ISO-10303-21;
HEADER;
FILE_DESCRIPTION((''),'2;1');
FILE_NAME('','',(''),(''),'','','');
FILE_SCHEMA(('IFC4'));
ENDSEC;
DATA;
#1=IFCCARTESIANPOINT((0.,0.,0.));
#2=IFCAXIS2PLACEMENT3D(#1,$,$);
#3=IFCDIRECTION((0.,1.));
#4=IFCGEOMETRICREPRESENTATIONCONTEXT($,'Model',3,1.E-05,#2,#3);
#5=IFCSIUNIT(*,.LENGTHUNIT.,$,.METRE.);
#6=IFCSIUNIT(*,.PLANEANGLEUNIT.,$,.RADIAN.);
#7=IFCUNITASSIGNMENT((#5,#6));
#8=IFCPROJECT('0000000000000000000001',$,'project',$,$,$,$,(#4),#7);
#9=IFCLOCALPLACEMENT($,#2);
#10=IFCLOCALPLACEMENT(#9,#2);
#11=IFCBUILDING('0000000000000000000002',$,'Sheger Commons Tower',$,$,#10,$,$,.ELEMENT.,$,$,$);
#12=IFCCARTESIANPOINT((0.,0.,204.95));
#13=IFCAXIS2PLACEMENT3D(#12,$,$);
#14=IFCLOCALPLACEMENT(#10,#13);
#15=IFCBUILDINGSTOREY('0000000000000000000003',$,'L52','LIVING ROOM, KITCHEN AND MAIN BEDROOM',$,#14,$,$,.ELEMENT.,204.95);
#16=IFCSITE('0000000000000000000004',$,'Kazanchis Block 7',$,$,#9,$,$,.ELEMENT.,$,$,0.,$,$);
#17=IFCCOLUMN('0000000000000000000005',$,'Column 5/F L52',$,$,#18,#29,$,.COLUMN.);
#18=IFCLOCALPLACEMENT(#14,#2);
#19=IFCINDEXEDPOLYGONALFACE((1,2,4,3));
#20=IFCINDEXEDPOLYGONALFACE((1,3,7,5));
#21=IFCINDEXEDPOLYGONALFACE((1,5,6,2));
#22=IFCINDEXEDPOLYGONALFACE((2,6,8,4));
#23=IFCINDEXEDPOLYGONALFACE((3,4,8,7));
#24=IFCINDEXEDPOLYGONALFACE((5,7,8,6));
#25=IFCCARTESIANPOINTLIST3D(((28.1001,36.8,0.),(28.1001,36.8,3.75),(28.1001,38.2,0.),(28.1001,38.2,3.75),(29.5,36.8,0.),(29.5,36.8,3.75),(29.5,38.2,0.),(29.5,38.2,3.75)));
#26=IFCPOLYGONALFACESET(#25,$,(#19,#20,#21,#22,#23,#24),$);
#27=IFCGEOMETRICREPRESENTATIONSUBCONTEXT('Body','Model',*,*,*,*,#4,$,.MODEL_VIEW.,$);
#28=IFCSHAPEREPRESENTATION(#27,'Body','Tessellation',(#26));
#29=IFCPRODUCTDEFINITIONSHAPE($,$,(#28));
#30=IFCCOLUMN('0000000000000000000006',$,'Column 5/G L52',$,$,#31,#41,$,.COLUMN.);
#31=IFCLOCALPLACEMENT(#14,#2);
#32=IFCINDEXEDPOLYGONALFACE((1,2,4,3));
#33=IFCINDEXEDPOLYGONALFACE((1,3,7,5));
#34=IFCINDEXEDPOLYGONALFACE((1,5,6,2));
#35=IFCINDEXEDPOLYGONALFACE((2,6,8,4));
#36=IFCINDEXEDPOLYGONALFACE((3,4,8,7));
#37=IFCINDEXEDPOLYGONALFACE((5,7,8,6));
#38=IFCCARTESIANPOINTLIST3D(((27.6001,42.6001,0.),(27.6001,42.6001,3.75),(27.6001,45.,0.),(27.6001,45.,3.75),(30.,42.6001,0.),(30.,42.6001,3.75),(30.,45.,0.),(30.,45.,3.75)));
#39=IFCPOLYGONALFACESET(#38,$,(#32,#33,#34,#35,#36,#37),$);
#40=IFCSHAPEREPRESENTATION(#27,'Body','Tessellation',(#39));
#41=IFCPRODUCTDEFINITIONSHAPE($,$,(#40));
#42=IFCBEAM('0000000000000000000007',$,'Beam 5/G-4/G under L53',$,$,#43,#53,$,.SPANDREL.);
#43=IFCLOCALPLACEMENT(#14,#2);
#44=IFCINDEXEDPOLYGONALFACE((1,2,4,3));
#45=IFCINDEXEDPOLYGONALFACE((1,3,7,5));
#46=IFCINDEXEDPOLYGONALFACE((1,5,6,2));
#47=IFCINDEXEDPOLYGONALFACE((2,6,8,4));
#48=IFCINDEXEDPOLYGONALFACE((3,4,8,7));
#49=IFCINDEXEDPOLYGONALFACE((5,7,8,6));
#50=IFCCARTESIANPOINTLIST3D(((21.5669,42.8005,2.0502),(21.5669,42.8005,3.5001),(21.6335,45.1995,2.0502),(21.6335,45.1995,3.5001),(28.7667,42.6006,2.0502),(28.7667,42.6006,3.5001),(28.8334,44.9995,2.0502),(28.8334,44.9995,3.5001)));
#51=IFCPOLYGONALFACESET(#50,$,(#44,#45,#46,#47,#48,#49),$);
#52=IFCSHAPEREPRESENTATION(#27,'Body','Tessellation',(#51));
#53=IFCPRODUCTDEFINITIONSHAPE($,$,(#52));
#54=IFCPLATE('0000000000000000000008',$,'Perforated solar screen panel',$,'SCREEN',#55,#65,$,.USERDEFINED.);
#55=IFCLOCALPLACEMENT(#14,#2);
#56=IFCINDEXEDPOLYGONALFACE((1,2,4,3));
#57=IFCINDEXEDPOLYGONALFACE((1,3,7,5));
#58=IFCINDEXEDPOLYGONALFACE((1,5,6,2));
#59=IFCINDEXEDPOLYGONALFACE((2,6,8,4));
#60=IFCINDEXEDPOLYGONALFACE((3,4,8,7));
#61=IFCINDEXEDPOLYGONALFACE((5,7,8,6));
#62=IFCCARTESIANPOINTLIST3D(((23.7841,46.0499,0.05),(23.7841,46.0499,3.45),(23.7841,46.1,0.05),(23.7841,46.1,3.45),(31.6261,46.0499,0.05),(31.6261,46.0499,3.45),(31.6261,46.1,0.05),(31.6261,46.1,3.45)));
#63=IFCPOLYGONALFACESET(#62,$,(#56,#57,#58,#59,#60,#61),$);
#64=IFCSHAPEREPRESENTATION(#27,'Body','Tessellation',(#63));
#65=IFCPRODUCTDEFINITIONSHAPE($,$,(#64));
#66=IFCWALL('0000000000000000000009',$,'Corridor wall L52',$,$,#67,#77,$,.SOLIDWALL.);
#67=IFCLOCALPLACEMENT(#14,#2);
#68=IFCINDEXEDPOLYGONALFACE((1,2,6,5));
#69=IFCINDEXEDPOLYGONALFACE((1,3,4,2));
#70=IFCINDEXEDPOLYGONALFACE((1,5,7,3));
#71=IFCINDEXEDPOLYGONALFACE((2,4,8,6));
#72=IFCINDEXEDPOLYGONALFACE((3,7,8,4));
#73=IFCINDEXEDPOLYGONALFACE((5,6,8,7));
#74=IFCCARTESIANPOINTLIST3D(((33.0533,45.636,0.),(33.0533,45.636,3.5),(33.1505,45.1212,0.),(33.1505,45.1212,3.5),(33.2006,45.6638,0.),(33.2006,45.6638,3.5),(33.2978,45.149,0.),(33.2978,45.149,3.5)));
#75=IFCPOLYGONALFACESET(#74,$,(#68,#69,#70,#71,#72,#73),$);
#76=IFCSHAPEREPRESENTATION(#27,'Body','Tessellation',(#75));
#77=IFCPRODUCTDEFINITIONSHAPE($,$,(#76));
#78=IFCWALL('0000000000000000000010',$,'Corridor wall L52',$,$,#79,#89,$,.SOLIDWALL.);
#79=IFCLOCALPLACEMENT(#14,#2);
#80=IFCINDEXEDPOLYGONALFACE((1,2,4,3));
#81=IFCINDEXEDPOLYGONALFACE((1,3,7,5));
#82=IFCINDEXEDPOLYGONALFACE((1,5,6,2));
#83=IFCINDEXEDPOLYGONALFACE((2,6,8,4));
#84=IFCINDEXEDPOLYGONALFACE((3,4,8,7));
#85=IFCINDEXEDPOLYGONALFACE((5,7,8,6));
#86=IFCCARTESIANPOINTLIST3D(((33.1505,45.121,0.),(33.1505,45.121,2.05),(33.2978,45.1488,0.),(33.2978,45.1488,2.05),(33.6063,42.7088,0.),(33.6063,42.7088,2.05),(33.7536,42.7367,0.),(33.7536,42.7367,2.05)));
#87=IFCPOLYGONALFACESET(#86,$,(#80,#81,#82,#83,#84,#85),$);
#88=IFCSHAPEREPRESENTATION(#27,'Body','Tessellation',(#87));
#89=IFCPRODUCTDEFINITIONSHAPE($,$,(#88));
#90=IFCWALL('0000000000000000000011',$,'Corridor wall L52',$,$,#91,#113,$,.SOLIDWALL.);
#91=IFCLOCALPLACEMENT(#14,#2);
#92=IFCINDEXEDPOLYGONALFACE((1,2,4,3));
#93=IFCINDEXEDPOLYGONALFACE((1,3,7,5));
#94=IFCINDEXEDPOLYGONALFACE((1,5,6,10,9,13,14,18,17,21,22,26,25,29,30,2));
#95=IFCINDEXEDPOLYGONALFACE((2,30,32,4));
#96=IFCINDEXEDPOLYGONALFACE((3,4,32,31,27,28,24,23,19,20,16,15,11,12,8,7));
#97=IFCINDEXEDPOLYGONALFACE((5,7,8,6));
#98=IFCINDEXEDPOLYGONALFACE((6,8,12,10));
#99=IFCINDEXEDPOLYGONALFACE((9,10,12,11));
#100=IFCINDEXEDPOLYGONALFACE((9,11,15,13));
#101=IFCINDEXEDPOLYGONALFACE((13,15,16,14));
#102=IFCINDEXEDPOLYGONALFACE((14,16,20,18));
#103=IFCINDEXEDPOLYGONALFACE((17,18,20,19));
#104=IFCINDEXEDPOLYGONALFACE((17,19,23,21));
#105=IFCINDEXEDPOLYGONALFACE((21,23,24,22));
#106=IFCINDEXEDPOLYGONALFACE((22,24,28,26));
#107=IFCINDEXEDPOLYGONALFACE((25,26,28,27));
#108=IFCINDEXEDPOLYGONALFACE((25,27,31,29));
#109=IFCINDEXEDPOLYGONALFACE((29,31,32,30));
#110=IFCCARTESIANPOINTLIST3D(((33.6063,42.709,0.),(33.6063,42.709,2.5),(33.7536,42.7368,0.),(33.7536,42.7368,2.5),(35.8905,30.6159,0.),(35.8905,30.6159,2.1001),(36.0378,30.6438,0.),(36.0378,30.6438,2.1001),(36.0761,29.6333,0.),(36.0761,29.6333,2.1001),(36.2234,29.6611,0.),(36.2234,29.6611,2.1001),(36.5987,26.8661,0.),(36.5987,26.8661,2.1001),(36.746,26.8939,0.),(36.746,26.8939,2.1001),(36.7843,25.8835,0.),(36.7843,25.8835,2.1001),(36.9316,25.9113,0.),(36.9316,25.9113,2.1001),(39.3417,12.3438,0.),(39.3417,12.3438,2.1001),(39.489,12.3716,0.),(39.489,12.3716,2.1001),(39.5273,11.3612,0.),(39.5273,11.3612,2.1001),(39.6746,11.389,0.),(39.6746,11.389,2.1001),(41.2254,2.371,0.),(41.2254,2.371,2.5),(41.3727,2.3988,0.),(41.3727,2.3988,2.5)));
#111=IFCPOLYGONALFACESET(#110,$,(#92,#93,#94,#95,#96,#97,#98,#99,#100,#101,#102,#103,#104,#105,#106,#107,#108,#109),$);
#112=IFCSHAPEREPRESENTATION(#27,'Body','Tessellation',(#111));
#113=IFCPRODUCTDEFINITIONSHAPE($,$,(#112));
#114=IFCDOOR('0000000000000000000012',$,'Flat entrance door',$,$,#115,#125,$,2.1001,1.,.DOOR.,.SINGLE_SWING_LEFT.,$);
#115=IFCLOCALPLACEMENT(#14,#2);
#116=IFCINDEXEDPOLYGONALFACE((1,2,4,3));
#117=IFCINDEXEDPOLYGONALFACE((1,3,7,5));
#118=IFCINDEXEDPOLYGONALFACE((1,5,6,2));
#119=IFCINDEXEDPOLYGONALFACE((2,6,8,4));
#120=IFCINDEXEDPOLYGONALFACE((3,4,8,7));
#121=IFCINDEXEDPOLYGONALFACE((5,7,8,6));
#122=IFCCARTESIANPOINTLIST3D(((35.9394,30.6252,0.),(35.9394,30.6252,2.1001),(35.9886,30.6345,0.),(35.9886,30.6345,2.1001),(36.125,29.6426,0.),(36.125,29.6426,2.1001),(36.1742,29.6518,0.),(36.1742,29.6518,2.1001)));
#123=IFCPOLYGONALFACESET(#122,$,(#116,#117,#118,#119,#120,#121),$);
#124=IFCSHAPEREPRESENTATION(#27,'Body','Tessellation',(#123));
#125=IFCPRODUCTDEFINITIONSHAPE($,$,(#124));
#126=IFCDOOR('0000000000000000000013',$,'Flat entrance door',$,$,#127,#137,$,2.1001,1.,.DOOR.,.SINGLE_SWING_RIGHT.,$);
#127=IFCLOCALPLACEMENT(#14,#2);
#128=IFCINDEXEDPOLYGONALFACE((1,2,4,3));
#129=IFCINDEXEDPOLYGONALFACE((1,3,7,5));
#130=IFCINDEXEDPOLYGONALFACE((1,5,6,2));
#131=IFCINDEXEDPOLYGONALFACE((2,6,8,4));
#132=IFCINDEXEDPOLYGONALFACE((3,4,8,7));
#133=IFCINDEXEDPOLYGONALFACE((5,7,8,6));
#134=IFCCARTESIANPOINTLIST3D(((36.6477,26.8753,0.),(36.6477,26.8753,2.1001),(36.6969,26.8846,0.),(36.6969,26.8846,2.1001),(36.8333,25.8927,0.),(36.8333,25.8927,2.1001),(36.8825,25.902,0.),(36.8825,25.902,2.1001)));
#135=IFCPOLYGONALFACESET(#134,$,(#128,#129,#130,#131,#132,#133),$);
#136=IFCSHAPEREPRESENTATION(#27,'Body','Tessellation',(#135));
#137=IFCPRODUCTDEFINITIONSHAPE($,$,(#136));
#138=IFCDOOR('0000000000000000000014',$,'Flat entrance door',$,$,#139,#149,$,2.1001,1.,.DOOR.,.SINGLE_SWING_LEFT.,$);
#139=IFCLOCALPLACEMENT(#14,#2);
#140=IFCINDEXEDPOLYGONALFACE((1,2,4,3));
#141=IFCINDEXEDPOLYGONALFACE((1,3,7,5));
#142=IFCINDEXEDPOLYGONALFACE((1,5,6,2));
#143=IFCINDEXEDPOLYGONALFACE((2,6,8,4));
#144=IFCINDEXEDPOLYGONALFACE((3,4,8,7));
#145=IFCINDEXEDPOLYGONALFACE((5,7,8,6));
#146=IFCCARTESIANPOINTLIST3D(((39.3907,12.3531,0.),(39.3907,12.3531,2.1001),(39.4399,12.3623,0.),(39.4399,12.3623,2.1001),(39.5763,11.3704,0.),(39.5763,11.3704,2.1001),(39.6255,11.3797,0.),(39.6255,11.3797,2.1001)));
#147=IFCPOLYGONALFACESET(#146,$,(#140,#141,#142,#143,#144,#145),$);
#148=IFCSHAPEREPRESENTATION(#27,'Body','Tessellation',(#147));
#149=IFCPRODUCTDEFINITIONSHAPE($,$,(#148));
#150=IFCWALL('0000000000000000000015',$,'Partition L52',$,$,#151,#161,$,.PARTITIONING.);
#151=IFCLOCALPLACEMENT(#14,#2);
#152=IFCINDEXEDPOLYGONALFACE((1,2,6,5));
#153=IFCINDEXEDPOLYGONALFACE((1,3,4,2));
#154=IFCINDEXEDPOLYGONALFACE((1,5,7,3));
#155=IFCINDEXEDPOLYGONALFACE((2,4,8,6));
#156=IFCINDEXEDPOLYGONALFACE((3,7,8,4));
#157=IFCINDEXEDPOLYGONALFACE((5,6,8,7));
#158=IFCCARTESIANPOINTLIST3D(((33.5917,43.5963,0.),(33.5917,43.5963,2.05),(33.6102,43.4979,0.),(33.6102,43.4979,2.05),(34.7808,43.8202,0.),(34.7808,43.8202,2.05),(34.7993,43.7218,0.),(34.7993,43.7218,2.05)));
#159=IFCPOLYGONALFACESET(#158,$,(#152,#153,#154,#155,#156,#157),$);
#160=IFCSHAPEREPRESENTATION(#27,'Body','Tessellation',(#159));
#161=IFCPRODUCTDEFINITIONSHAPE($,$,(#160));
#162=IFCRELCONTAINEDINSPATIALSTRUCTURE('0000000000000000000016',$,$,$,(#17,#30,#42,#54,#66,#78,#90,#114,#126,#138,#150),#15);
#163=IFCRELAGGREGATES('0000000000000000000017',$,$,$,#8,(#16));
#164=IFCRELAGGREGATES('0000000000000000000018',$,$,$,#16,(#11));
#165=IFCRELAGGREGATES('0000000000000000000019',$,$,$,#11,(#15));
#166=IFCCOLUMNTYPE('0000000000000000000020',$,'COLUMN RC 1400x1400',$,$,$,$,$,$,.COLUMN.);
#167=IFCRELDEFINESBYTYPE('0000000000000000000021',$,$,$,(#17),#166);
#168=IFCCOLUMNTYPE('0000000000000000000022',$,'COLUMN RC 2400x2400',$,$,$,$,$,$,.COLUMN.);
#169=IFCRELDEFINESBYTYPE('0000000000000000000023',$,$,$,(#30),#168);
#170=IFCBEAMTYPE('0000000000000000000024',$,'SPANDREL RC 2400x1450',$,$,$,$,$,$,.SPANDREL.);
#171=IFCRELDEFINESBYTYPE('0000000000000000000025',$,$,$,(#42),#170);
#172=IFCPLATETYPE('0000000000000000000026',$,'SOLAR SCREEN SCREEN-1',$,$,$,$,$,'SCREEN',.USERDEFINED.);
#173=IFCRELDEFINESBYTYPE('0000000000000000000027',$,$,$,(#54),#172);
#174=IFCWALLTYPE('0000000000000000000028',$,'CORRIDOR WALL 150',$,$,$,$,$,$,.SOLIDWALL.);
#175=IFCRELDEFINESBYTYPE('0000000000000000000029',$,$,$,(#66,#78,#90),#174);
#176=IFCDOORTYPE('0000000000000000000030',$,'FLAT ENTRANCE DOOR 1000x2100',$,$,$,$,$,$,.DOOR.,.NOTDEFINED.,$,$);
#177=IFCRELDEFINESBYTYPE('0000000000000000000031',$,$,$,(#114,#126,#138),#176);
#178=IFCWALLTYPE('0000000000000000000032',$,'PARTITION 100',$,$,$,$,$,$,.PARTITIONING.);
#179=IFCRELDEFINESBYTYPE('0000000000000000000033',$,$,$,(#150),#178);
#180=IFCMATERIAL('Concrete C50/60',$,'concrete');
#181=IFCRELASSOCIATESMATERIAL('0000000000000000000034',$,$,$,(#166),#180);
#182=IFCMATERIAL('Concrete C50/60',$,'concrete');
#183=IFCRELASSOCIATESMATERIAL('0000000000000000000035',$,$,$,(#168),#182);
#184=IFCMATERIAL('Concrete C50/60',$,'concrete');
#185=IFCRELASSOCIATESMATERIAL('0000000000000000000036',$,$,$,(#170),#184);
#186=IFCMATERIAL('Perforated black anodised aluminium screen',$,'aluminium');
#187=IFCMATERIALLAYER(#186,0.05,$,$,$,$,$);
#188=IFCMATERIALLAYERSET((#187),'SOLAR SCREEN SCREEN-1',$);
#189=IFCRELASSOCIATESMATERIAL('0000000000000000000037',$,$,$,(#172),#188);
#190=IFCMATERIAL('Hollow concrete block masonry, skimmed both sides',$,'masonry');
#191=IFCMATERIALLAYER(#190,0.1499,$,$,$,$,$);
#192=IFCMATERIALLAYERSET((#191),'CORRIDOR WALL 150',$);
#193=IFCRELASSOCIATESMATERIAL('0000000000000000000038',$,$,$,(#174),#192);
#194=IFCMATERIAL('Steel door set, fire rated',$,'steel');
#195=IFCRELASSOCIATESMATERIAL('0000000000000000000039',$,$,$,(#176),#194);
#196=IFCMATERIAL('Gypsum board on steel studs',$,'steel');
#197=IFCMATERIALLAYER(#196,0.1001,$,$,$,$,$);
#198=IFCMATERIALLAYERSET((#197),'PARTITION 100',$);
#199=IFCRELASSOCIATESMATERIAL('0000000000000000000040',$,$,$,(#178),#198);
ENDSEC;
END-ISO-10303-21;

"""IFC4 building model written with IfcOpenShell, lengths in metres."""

from ifc_helpers import new_model, si_unit, direction, frame, frame_2d, origin, origin_2d, place, context, subcontext, project, spatial, rectangle, extrude, material, layer, layer_set, material_profile, profile_set, type_object, element, fill, save


model = new_model("IFC4")

# Units and contexts
model_context = context("Model", 3, precision=1e-05, world=origin(), true_north=direction((0.0, 1.0)))
body_context = subcontext(model_context, "Body", "Model", "MODEL_VIEW")
ifc_project = project(units=[si_unit("LENGTHUNIT", "METRE"), si_unit("PLANEANGLEUNIT", "RADIAN")], contexts=[model_context])

# Site, building, storey
site_placement = place(None, origin())
site = spatial("IfcSite", under=ifc_project, at=site_placement, Name="Kazanchis Block 7", CompositionType="ELEMENT", RefElevation=0.0)
building_placement = place(site_placement, origin())
building = spatial("IfcBuilding", under=site, at=building_placement, Name="Sheger Commons Tower", CompositionType="ELEMENT")
storey_placement = place(building_placement, frame((0.0, 0.0, 204.95)))
storey = spatial("IfcBuildingStorey", under=building, at=storey_placement, Name="L52", Description="LIVING ROOM, KITCHEN AND MAIN BEDROOM", CompositionType="ELEMENT", Elevation=204.95)

# Columns
ifc_material_1 = material(Name="Concrete C50/60", Category="concrete")
ifc_material_profile_1 = material_profile(ifc_material_1, rectangle(XDim=1.3999, YDim=1.3999, at=origin_2d()), Name="RC 1400x1400")
ifc_profile_set_1 = profile_set([ifc_material_profile_1], Name="Concrete C50/60")
column_type_1 = type_object("IfcColumnType", Name="COLUMN RC 1400x1400", PredefinedType="COLUMN", material=ifc_profile_set_1)
column_1_placement = place(storey_placement, frame((28.8, 37.5, 0.0), z_axis=(0.0, 0.0, 1.0), x_axis=(1.0, 0.0, 0.0)))
element("IfcColumn", 1, at=column_1_placement, inside=storey, type_object=column_type_1, Name="Column 5/F L52", PredefinedType="COLUMN", context=body_context, shape_type="SweptSolid", body=[
    extrude(rectangle(XDim=1.3999, YDim=1.3999, at=origin_2d()), origin(), (0.0, 0.0, 1.0), 3.75),
])
ifc_material_2 = material(Name="Concrete C50/60", Category="concrete")
ifc_material_profile_2 = material_profile(ifc_material_2, rectangle(XDim=2.3999, YDim=2.3999, at=origin_2d()), Name="RC 2400x2400")
ifc_profile_set_2 = profile_set([ifc_material_profile_2], Name="Concrete C50/60")
column_type_2 = type_object("IfcColumnType", Name="COLUMN RC 2400x2400", PredefinedType="COLUMN", material=ifc_profile_set_2)
column_2_placement = place(storey_placement, frame((28.8, 43.8, 0.0), z_axis=(0.0, 0.0, 1.0), x_axis=(1.0, 0.0, 0.0)))
element("IfcColumn", 2, at=column_2_placement, inside=storey, type_object=column_type_2, Name="Column 5/G L52", PredefinedType="COLUMN", context=body_context, shape_type="SweptSolid", body=[
    extrude(rectangle(XDim=2.3999, YDim=2.3999, at=origin_2d()), origin(), (0.0, 0.0, 1.0), 3.75),
])

# Beam
ifc_material_3 = material(Name="Concrete C50/60", Category="concrete")
ifc_material_profile_3 = material_profile(ifc_material_3, rectangle(XDim=2.3999, YDim=1.45, at=origin_2d()), Name="RC 2400x1450")
ifc_profile_set_3 = profile_set([ifc_material_profile_3], Name="Concrete C50/60")
beam_type = type_object("IfcBeamType", Name="SPANDREL RC 2400x1450", PredefinedType="SPANDREL", material=ifc_profile_set_3)
beam_placement = place(storey_placement, frame((28.8, 43.8, 2.7751), z_axis=(-0.999615, 0.02776, 0.0), x_axis=(-0.02776, -0.999615, 0.0)))
element("IfcBeam", 3, at=beam_placement, inside=storey, type_object=beam_type, Name="Beam 5/G-4/G under L53", PredefinedType="SPANDREL", context=body_context, shape_type="SweptSolid", body=[
    extrude(rectangle(XDim=2.3999, YDim=1.45, at=origin_2d()), origin(), (0.0, 0.0, 1.0), 7.2026),
])

# Plate
ifc_material_4 = material(Name="Perforated black anodised aluminium screen", Category="aluminium")
ifc_layer_1 = layer(ifc_material_4, 0.05)
ifc_layer_set_1 = layer_set([ifc_layer_1], Name="SOLAR SCREEN SCREEN-1")
plate_type = type_object("IfcPlateType", Name="SOLAR SCREEN SCREEN-1", ElementType="SCREEN", PredefinedType="USERDEFINED", material=ifc_layer_set_1)
plate_placement = place(storey_placement, frame((27.7051, 46.075, 0.05), z_axis=(0.0, 0.0, 1.0), x_axis=(-1.0, 0.0, 0.0)))
element("IfcPlate", 4, at=plate_placement, inside=storey, type_object=plate_type, Name="Perforated solar screen panel", ObjectType="SCREEN", PredefinedType="USERDEFINED", context=body_context, shape_type="SweptSolid", body=[
    extrude(rectangle(XDim=7.842, YDim=0.05, at=origin_2d()), origin(), (0.0, 0.0, 1.0), 3.3999),
])

# Walls
ifc_material_5 = material(Name="Hollow concrete block masonry, skimmed both sides", Category="masonry")
ifc_layer_2 = layer(ifc_material_5, 0.1499)
ifc_layer_set_2 = layer_set([ifc_layer_2], Name="CORRIDOR WALL 150")
wall_type_1 = type_object("IfcWallType", Name="CORRIDOR WALL 150", PredefinedType="SOLIDWALL", material=ifc_layer_set_2)
wall_1_placement = place(storey_placement, frame((33.127, 45.6499, 0.0), z_axis=(0.0, 0.0, 1.0), x_axis=(0.185442, -0.982655, 0.0)))
element("IfcWall", 5, at=wall_1_placement, inside=storey, type_object=wall_type_1, Name="Corridor wall L52", PredefinedType="SOLIDWALL", context=body_context, shape_type="SweptSolid", body=[
    extrude(rectangle(XDim=0.5239, YDim=0.1499, at=frame_2d((0.262, 0.0))), origin(), (0.0, 0.0, 1.0), 3.5),
])
wall_2_placement = place(storey_placement, frame((33.2241, 45.135, 0.0), z_axis=(0.0, 0.0, 1.0), x_axis=(0.185681, -0.98261, 0.0)))
element("IfcWall", 6, at=wall_2_placement, inside=storey, type_object=wall_type_1, Name="Corridor wall L52", PredefinedType="SOLIDWALL", context=body_context, shape_type="SweptSolid", body=[
    extrude(rectangle(XDim=2.4548, YDim=0.1499, at=frame_2d((1.2275, 0.0))), origin(), (0.0, 0.0, 1.0), 2.05),
])

# Wall, openings, doors
wall_3_placement = place(storey_placement, frame((33.6799, 42.7229, 0.0), z_axis=(0.0, 0.0, 1.0), x_axis=(0.185601, -0.982625, 0.0)))
wall_3 = element("IfcWall", 7, at=wall_3_placement, inside=storey, type_object=wall_type_1, Name="Corridor wall L52", PredefinedType="SOLIDWALL", context=body_context, shape_type="SweptSolid", body=[
    extrude(rectangle(XDim=41.0513, YDim=0.1499, at=frame_2d((20.5256, 0.0))), origin(), (0.0, 0.0, 1.0), 2.5),
])
opening_1_placement = place(wall_3_placement, frame((12.3069, 0.0, 0.0)))
opening_1 = element("IfcOpeningElement", 8, at=opening_1_placement, cuts=wall_3, PredefinedType="OPENING", context=body_context, shape_type="SweptSolid", body=[
    extrude(rectangle(XDim=1.0, YDim=2.1001, at=frame_2d((0.5, 1.05))), frame((0.0, 0.085, 0.0), z_axis=(0.0, -1.0, 0.0), x_axis=(1.0, 0.0, 0.0)), (0.0, 0.0, 1.0), 0.1699),
])
opening_2_placement = place(wall_3_placement, frame((16.123, 0.0, 0.0)))
opening_2 = element("IfcOpeningElement", 9, at=opening_2_placement, cuts=wall_3, PredefinedType="OPENING", context=body_context, shape_type="SweptSolid", body=[
    extrude(rectangle(XDim=1.0, YDim=2.1001, at=frame_2d((0.5, 1.05))), frame((0.0, 0.085, 0.0), z_axis=(0.0, -1.0, 0.0), x_axis=(1.0, 0.0, 0.0)), (0.0, 0.0, 1.0), 0.1699),
])
opening_3_placement = place(wall_3_placement, frame((30.9021, 0.0, 0.0)))
opening_3 = element("IfcOpeningElement", 10, at=opening_3_placement, cuts=wall_3, PredefinedType="OPENING", context=body_context, shape_type="SweptSolid", body=[
    extrude(rectangle(XDim=1.0, YDim=2.1001, at=frame_2d((0.5, 1.05))), frame((0.0, 0.085, 0.0), z_axis=(0.0, -1.0, 0.0), x_axis=(1.0, 0.0, 0.0)), (0.0, 0.0, 1.0), 0.1699),
])
ifc_material_6 = material(Name="Steel door set, fire rated", Category="steel")
door_type_1 = type_object("IfcDoorType", Name="FLAT ENTRANCE DOOR 1000x2100", OperationType="NOTDEFINED", PredefinedType="DOOR", material=ifc_material_6)
door_1_placement = place(opening_1_placement, origin())
door_1 = element("IfcDoor", 11, at=door_1_placement, inside=storey, type_object=door_type_1, Name="Flat entrance door", OperationType="SINGLE_SWING_LEFT", OverallHeight=2.1001, OverallWidth=1.0, PredefinedType="DOOR", context=body_context, shape_type="SweptSolid", body=[
    extrude(rectangle(XDim=1.0, YDim=2.1001, at=frame_2d((0.5, 1.05))), frame((0.0, 0.0249, 0.0), z_axis=(0.0, -1.0, 0.0), x_axis=(1.0, 0.0, 0.0)), (0.0, 0.0, 1.0), 0.05),
])
fill(opening_1, door_1)
door_2_placement = place(opening_2_placement, origin())
door_2 = element("IfcDoor", 12, at=door_2_placement, inside=storey, type_object=door_type_1, Name="Flat entrance door", OperationType="SINGLE_SWING_RIGHT", OverallHeight=2.1001, OverallWidth=1.0, PredefinedType="DOOR", context=body_context, shape_type="SweptSolid", body=[
    extrude(rectangle(XDim=1.0, YDim=2.1001, at=frame_2d((0.5, 1.05))), frame((0.0, 0.0249, 0.0), z_axis=(0.0, -1.0, 0.0), x_axis=(1.0, 0.0, 0.0)), (0.0, 0.0, 1.0), 0.05),
])
fill(opening_2, door_2)
door_3_placement = place(opening_3_placement, origin())
door_3 = element("IfcDoor", 13, at=door_3_placement, inside=storey, type_object=door_type_1, Name="Flat entrance door", OperationType="SINGLE_SWING_LEFT", OverallHeight=2.1001, OverallWidth=1.0, PredefinedType="DOOR", context=body_context, shape_type="SweptSolid", body=[
    extrude(rectangle(XDim=1.0, YDim=2.1001, at=frame_2d((0.5, 1.05))), frame((0.0, 0.0249, 0.0), z_axis=(0.0, -1.0, 0.0), x_axis=(1.0, 0.0, 0.0)), (0.0, 0.0, 1.0), 0.05),
])
fill(opening_3, door_3)

# Wall
ifc_material_7 = material(Name="Gypsum board on steel studs", Category="steel")
ifc_layer_3 = layer(ifc_material_7, 0.1001)
ifc_layer_set_3 = layer_set([ifc_layer_3], Name="PARTITION 100")
wall_type_2 = type_object("IfcWallType", Name="PARTITION 100", PredefinedType="PARTITIONING", material=ifc_layer_set_3)
wall_4_placement = place(storey_placement, frame((34.79, 43.771, 0.0), z_axis=(0.0, 0.0, 1.0), x_axis=(-0.98273, -0.185044, 0.0)))
element("IfcWall", 14, at=wall_4_placement, inside=storey, type_object=wall_type_2, Name="Partition L52", PredefinedType="PARTITIONING", context=body_context, shape_type="SweptSolid", body=[
    extrude(rectangle(XDim=1.21, YDim=0.1001, at=frame_2d((0.605, 0.0))), origin(), (0.0, 0.0, 1.0), 2.05),
])

save(model, "model.ifc")
